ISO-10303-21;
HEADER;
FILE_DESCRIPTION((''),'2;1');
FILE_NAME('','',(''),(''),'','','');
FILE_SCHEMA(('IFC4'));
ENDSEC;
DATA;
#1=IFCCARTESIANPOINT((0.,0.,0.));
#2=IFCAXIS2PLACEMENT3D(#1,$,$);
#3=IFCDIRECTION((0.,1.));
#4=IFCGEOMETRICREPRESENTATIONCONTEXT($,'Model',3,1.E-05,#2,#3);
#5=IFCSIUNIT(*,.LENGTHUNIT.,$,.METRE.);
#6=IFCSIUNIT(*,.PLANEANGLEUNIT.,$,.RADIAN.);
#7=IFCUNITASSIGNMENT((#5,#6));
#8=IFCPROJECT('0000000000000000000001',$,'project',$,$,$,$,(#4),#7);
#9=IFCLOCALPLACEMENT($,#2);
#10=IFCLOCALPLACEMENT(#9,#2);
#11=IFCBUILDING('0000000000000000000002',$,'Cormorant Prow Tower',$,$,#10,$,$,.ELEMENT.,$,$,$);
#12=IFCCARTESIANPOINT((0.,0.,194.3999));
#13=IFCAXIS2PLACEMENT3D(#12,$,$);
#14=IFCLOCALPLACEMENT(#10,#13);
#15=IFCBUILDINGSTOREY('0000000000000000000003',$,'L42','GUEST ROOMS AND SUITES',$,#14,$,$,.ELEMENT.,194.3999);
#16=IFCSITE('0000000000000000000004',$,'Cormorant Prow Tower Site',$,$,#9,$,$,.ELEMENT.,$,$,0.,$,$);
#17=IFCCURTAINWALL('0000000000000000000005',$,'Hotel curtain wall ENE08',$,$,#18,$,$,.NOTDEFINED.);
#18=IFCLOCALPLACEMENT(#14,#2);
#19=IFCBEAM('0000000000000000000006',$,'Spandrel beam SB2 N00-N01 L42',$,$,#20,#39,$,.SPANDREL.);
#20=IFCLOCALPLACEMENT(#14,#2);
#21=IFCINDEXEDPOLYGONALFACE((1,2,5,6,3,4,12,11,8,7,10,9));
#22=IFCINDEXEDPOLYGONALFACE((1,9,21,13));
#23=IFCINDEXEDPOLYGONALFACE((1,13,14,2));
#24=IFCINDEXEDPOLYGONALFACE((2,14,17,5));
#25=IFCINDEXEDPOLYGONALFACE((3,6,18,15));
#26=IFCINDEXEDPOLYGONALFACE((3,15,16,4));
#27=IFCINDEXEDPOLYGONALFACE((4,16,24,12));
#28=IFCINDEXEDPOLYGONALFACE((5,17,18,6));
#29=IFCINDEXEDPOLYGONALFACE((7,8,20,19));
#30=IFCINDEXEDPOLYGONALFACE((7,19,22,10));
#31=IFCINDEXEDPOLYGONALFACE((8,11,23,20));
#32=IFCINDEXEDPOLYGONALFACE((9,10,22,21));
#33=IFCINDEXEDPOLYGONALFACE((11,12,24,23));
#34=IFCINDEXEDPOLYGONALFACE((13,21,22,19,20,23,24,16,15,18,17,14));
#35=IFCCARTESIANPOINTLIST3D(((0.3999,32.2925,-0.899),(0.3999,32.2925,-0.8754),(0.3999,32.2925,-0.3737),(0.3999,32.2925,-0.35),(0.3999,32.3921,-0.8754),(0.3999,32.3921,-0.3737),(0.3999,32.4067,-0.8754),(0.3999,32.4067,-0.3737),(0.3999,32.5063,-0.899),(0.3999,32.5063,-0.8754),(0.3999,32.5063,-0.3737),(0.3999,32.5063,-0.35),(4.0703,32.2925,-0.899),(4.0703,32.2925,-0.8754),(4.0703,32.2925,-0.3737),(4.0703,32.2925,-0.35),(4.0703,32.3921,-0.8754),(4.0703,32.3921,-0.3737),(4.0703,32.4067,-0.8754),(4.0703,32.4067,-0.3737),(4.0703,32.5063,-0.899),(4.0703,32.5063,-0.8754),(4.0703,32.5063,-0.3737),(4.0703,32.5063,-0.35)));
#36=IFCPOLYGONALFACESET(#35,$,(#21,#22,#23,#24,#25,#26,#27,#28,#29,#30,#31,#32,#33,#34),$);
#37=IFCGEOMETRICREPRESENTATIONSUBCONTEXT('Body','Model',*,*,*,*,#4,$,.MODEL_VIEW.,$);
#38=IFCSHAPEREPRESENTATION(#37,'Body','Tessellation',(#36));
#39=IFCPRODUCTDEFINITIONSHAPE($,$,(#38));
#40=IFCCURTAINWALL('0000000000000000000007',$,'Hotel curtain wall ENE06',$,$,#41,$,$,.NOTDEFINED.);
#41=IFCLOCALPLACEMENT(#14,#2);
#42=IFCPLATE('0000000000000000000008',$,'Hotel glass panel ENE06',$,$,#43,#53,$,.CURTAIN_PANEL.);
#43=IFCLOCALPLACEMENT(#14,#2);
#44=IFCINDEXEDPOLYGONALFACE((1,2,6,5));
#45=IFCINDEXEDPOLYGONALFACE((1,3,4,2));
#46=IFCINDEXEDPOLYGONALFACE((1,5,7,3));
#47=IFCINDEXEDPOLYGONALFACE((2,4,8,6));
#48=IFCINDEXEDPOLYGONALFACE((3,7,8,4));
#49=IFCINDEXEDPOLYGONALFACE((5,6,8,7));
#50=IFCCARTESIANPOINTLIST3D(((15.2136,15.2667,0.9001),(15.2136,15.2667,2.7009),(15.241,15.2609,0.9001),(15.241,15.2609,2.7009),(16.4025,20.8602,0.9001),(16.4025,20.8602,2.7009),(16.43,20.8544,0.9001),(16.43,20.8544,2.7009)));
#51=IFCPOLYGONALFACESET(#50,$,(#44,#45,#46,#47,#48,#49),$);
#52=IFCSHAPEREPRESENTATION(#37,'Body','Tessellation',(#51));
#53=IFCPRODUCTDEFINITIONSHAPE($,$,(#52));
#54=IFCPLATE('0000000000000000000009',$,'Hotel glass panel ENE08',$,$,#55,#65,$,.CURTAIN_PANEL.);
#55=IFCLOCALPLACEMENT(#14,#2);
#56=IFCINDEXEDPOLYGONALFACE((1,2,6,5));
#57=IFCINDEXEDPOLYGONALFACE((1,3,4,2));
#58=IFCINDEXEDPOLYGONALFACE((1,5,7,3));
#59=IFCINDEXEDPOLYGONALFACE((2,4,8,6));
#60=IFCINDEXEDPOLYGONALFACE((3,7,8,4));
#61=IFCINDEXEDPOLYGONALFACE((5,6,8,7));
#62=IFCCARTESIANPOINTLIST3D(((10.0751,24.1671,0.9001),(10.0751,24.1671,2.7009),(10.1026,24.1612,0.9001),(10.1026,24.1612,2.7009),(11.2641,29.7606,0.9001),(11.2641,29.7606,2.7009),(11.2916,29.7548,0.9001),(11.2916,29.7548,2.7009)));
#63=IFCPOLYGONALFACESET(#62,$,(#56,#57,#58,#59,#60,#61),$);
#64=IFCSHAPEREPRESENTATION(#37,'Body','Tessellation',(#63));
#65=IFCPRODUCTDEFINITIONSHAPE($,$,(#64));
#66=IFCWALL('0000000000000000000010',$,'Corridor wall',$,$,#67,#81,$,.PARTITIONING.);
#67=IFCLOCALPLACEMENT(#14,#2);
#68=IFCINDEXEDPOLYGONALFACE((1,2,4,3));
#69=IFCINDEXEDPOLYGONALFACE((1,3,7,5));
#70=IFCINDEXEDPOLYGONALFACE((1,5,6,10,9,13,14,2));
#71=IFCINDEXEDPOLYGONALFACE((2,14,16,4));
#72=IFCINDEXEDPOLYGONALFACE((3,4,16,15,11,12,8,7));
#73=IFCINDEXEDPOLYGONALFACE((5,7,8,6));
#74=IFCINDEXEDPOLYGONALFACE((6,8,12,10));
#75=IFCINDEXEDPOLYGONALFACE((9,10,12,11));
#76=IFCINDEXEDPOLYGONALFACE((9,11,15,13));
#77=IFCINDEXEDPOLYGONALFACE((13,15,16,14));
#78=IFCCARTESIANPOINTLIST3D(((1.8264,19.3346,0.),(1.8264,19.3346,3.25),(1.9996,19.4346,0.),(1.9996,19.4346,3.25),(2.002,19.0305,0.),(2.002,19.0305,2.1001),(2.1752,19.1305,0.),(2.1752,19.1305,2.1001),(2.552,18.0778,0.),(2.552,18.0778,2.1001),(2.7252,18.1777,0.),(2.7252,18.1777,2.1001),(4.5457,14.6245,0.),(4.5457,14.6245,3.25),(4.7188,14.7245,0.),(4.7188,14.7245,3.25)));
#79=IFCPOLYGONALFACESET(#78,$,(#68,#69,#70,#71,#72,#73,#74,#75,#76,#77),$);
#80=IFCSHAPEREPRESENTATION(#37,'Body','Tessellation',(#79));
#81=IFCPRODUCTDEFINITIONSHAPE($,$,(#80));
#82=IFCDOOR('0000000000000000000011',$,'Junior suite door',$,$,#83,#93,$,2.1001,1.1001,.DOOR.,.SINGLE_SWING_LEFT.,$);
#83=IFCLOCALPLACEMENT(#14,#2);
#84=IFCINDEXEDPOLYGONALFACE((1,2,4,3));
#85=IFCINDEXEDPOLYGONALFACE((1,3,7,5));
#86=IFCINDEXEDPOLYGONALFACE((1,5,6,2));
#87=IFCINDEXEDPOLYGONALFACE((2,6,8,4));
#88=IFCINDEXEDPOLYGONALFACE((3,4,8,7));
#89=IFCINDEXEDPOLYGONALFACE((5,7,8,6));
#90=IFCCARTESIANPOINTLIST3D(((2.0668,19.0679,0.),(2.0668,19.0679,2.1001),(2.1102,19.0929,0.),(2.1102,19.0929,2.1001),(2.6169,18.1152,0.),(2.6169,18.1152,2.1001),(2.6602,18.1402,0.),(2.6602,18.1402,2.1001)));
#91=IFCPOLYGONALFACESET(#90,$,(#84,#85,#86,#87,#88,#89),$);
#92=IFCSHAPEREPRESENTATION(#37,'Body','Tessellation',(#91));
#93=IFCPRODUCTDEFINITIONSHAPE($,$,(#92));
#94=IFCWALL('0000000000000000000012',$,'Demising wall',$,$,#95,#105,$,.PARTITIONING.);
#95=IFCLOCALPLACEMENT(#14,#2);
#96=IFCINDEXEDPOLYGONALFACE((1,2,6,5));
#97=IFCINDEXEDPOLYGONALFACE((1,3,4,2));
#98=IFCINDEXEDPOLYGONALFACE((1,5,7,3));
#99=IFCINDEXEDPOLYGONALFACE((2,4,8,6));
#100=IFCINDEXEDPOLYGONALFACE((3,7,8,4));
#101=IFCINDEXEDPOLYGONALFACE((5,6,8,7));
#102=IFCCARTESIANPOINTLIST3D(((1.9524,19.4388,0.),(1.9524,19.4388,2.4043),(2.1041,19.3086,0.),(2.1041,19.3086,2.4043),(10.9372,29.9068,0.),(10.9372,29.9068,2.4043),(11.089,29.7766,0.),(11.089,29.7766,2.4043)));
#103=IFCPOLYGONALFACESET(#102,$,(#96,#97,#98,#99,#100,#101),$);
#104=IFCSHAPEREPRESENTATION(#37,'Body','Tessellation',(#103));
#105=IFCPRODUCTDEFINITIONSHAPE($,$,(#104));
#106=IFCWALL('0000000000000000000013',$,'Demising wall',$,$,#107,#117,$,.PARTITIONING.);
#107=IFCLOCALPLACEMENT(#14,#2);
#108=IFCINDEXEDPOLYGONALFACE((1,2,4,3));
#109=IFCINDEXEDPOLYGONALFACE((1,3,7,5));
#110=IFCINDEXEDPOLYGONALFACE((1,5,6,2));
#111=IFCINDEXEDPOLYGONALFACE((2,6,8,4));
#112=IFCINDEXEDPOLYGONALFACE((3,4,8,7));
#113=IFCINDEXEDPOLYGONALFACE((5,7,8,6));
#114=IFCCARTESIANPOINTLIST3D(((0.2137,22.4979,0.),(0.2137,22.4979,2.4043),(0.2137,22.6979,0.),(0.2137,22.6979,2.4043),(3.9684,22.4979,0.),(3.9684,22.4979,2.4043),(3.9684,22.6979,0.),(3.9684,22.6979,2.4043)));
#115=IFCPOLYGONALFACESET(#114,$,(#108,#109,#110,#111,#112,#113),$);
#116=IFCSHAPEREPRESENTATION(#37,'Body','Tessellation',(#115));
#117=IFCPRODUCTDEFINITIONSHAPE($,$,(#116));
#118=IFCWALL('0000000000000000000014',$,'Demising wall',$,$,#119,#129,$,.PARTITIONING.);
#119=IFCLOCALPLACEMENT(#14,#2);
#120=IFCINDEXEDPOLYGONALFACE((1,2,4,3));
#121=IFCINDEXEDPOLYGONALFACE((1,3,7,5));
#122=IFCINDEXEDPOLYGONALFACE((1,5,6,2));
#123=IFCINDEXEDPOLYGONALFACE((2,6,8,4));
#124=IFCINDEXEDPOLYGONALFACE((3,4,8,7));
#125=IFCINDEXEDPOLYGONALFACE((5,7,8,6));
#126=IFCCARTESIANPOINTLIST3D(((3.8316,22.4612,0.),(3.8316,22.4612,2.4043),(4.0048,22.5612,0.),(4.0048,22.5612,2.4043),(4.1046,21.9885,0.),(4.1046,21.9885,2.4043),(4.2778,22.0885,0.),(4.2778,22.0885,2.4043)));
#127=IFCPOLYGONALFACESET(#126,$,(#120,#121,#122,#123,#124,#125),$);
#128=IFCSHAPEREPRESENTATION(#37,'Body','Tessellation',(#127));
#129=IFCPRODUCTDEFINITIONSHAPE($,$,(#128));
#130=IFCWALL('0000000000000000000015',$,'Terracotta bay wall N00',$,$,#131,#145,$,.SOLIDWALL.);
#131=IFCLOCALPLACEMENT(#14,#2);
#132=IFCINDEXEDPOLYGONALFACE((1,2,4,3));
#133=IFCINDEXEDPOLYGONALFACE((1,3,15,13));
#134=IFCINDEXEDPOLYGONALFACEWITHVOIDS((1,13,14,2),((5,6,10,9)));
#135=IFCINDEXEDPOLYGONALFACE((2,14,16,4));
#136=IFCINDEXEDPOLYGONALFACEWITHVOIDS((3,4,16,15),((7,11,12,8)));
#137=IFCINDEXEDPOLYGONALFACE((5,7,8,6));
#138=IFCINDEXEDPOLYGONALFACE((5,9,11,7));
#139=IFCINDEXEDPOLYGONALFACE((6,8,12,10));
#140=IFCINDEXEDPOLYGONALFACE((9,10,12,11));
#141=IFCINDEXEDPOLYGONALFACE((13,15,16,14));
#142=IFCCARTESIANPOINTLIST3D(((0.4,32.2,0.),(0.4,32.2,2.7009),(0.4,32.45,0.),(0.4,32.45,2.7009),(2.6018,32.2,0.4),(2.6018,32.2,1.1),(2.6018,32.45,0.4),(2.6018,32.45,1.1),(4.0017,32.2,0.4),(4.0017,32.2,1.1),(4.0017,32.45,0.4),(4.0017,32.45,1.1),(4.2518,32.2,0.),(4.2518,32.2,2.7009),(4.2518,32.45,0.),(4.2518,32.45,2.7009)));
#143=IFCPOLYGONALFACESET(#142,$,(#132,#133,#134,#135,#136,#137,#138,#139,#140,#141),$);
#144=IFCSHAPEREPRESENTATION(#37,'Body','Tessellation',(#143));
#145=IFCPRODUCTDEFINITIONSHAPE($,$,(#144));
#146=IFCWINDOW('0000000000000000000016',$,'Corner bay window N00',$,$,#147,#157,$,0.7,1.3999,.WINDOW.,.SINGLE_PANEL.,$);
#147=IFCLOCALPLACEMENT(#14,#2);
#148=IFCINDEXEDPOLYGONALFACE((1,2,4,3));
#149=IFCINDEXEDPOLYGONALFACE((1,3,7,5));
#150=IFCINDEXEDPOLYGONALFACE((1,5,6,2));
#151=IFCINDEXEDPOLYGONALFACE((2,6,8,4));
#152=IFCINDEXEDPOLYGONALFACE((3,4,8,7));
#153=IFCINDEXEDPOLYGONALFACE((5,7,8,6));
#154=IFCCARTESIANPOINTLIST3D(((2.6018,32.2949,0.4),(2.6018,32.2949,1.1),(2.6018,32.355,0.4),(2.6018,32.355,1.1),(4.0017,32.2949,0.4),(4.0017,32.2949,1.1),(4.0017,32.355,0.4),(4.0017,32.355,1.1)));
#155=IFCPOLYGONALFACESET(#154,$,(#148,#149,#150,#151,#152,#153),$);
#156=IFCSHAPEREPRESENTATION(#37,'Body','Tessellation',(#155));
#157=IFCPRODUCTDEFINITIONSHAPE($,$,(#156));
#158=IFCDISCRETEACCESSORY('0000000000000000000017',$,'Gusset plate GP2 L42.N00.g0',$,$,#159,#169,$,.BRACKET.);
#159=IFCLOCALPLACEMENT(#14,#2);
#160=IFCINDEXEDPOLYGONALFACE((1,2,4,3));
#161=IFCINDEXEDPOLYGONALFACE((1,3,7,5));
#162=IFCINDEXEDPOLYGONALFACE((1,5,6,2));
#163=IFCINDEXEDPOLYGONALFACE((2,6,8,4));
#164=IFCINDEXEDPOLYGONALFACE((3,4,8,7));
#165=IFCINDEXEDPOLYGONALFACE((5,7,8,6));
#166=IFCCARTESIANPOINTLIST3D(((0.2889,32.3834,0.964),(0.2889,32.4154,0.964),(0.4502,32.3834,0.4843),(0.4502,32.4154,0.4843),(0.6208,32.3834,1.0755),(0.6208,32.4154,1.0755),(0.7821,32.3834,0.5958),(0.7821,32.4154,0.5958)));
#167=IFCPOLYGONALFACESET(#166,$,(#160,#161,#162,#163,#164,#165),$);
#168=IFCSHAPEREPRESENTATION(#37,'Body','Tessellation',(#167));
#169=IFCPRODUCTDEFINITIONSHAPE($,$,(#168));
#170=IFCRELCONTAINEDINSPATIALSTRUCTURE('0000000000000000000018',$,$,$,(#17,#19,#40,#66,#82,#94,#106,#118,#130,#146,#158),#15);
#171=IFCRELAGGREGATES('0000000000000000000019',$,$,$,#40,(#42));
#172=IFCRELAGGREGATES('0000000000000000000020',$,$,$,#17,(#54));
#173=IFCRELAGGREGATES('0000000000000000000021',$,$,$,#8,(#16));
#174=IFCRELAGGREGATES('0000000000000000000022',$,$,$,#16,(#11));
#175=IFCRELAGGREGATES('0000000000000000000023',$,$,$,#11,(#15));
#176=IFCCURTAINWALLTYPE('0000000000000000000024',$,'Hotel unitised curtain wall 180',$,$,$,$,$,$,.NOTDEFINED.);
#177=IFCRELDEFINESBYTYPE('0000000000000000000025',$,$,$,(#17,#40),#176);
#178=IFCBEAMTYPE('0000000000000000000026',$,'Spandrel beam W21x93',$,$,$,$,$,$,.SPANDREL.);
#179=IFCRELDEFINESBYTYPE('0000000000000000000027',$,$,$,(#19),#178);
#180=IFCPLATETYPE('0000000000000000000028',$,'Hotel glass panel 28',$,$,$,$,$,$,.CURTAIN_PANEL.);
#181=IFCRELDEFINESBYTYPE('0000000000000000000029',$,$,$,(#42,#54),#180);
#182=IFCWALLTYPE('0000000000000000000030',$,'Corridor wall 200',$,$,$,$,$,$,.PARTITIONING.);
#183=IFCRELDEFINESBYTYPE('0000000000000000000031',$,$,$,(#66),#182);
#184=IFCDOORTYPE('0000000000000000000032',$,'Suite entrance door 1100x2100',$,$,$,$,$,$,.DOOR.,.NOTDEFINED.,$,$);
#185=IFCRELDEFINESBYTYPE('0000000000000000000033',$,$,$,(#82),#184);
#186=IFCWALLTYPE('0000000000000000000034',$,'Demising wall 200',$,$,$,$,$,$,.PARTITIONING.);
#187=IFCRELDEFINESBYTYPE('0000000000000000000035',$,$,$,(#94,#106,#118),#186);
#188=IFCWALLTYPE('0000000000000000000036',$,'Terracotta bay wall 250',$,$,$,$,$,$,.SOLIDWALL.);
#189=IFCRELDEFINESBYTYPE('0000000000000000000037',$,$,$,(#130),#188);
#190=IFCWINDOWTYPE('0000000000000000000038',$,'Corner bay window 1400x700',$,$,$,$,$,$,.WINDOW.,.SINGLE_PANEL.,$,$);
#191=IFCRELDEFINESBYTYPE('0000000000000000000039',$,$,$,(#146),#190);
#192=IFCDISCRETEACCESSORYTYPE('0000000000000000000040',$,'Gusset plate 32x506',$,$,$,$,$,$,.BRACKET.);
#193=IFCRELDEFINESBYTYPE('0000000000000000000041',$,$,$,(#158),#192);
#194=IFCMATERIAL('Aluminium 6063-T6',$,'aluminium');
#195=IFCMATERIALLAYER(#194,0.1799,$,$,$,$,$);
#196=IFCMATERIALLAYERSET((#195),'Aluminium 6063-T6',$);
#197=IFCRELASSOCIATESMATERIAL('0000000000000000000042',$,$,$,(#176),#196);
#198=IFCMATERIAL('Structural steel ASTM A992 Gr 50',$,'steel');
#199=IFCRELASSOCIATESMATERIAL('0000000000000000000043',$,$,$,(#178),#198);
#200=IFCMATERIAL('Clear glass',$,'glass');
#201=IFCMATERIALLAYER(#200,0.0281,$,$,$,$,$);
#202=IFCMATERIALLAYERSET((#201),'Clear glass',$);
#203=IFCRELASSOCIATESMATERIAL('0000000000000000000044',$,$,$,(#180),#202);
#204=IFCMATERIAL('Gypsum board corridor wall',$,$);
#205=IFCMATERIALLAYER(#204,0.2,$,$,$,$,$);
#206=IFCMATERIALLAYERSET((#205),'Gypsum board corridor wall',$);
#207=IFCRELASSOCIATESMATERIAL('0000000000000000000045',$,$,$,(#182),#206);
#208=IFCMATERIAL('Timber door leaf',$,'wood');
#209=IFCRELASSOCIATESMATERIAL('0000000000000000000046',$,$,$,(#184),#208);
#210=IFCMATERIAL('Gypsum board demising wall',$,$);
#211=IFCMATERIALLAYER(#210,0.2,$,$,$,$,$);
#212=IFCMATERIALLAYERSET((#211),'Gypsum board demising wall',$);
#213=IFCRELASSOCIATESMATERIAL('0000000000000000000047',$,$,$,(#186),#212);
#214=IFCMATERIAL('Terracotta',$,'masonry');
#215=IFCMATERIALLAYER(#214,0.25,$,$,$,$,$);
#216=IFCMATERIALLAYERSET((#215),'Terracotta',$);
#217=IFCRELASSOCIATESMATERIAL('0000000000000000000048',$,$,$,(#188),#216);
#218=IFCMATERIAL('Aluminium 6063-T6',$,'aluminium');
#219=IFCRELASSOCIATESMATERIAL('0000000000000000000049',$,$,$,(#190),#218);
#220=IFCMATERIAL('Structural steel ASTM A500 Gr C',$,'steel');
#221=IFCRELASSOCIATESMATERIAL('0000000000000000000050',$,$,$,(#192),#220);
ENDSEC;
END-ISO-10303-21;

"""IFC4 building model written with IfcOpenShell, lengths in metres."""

from ifc_helpers import new_model, si_unit, direction, frame, frame_2d, origin, origin_2d, place, context, subcontext, project, spatial, rectangle, i_section, extrude, material, layer, layer_set, material_profile, profile_set, type_object, element, fill, aggregate, save


model = new_model("IFC4")

# Units and contexts
model_context = context("Model", 3, precision=1e-05, world=origin(), true_north=direction((0.0, 1.0)))
body_context = subcontext(model_context, "Body", "Model", "MODEL_VIEW")
ifc_project = project(units=[si_unit("LENGTHUNIT", "METRE"), si_unit("PLANEANGLEUNIT", "RADIAN")], contexts=[model_context])

# Site, building, storey
site_placement = place(None, origin())
site = spatial("IfcSite", under=ifc_project, at=site_placement, Name="Cormorant Prow Tower Site", CompositionType="ELEMENT", RefElevation=0.0)
building_placement = place(site_placement, origin())
building = spatial("IfcBuilding", under=site, at=building_placement, Name="Cormorant Prow Tower", CompositionType="ELEMENT")
storey_placement = place(building_placement, frame((0.0, 0.0, 194.3999)))
storey = spatial("IfcBuildingStorey", under=building, at=storey_placement, Name="L42", Description="GUEST ROOMS AND SUITES", CompositionType="ELEMENT", Elevation=194.3999)

# Curtain wall
ifc_material_1 = material(Name="Aluminium 6063-T6", Category="aluminium")
ifc_layer_1 = layer(ifc_material_1, 0.1799)
ifc_layer_set_1 = layer_set([ifc_layer_1], Name="Aluminium 6063-T6")
curtain_wall_type = type_object("IfcCurtainWallType", Name="Hotel unitised curtain wall 180", PredefinedType="NOTDEFINED", material=ifc_layer_set_1)
curtain_wall_1_placement = place(storey_placement, origin())
curtain_wall_1 = element("IfcCurtainWall", 1, at=curtain_wall_1_placement, inside=storey, type_object=curtain_wall_type, Name="Hotel curtain wall ENE08", PredefinedType="NOTDEFINED")

# Beam
ifc_material_2 = material(Name="Structural steel ASTM A992 Gr 50", Category="steel")
ifc_material_profile_1 = material_profile(ifc_material_2, i_section(OverallWidth=0.2139, OverallDepth=0.5491, WebThickness=0.0146, FlangeThickness=0.0237, at=origin_2d()), Name="W21x93")
ifc_profile_set_1 = profile_set([ifc_material_profile_1], Name="Structural steel ASTM A992 Gr 50")
beam_type = type_object("IfcBeamType", Name="Spandrel beam W21x93", PredefinedType="SPANDREL", material=ifc_profile_set_1)
beam_1_placement = place(storey_placement, frame((4.0703, 32.3994, -0.6245), z_axis=(-1.0, 0.0, 0.0), x_axis=(0.0, -1.0, 0.0)))
element("IfcBeam", 2, at=beam_1_placement, inside=storey, type_object=beam_type, Name="Spandrel beam SB2 N00-N01 L42", PredefinedType="SPANDREL", context=body_context, shape_type="SweptSolid", body=[
    extrude(i_section(OverallWidth=0.2139, OverallDepth=0.5491, WebThickness=0.0146, FlangeThickness=0.0237, at=origin_2d()), origin(), (0.0, 0.0, 1.0), 3.6704),
])

# Curtain wall, plate
curtain_wall_2_placement = place(storey_placement, origin())
curtain_wall_2 = element("IfcCurtainWall", 3, at=curtain_wall_2_placement, inside=storey, type_object=curtain_wall_type, Name="Hotel curtain wall ENE06", PredefinedType="NOTDEFINED")
ifc_material_3 = material(Name="Clear glass", Category="glass")
ifc_layer_2 = layer(ifc_material_3, 0.0281)
ifc_layer_set_2 = layer_set([ifc_layer_2], Name="Clear glass")
plate_type = type_object("IfcPlateType", Name="Hotel glass panel 28", PredefinedType="CURTAIN_PANEL", material=ifc_layer_set_2)
plate_1_placement = place(storey_placement, frame((15.8218, 18.0605, 0.9001), z_axis=(0.0, 0.0, 1.0), x_axis=(0.207912, 0.978148, 0.0)))
plate_1 = element("IfcPlate", 4, at=plate_1_placement, type_object=plate_type, Name="Hotel glass panel ENE06", PredefinedType="CURTAIN_PANEL", context=body_context, shape_type="SweptSolid", body=[
    extrude(rectangle(XDim=5.7185, YDim=0.0281, at=origin_2d()), origin(), (0.0, 0.0, 1.0), 1.8008),
])
aggregate(curtain_wall_2, [plate_1])

# Plate
plate_2_placement = place(storey_placement, frame((10.6833, 26.9609, 0.9001), z_axis=(0.0, 0.0, 1.0), x_axis=(0.207912, 0.978148, 0.0)))
plate_2 = element("IfcPlate", 5, at=plate_2_placement, type_object=plate_type, Name="Hotel glass panel ENE08", PredefinedType="CURTAIN_PANEL", context=body_context, shape_type="SweptSolid", body=[
    extrude(rectangle(XDim=5.7185, YDim=0.0281, at=origin_2d()), origin(), (0.0, 0.0, 1.0), 1.8008),
])
aggregate(curtain_wall_1, [plate_2])

# Wall, opening, door
ifc_material_4 = material(Name="Gypsum board corridor wall")
ifc_layer_3 = layer(ifc_material_4, 0.2)
ifc_layer_set_3 = layer_set([ifc_layer_3], Name="Gypsum board corridor wall")
wall_type_1 = type_object("IfcWallType", Name="Corridor wall 200", PredefinedType="PARTITIONING", material=ifc_layer_set_3)
wall_1_placement = place(storey_placement, frame((1.9131, 19.3845, 0.0), z_axis=(0.0, 0.0, 1.0), x_axis=(0.499972, -0.866041, 0.0)))
wall_1 = element("IfcWall", 6, at=wall_1_placement, inside=storey, type_object=wall_type_1, Name="Corridor wall", PredefinedType="PARTITIONING", context=body_context, shape_type="SweptSolid", body=[
    extrude(rectangle(XDim=5.4387, YDim=0.2, at=frame_2d((2.7192, 0.0))), origin(), (0.0, 0.0, 1.0), 3.25),
])
opening_1_placement = place(wall_1_placement, frame((0.3511, 0.0, 0.0)))
opening_1 = element("IfcOpeningElement", 7, at=opening_1_placement, cuts=wall_1, PredefinedType="OPENING", context=body_context, shape_type="SweptSolid", body=[
    extrude(rectangle(XDim=1.1001, YDim=2.1001, at=frame_2d((0.55, 1.05))), frame((0.0, 0.1099, 0.0), z_axis=(0.0, -1.0, 0.0), x_axis=(1.0, 0.0, 0.0)), (0.0, 0.0, 1.0), 0.22),
])
ifc_material_5 = material(Name="Timber door leaf", Category="wood")
door_type_1 = type_object("IfcDoorType", Name="Suite entrance door 1100x2100", OperationType="NOTDEFINED", PredefinedType="DOOR", material=ifc_material_5)
door_1_placement = place(opening_1_placement, origin())
door_1 = element("IfcDoor", 8, at=door_1_placement, inside=storey, type_object=door_type_1, Name="Junior suite door", OperationType="SINGLE_SWING_LEFT", OverallHeight=2.1001, OverallWidth=1.1001, PredefinedType="DOOR", context=body_context, shape_type="SweptSolid", body=[
    extrude(rectangle(XDim=1.1001, YDim=2.1001, at=frame_2d((0.55, 1.05))), frame((0.0, 0.0249, 0.0), z_axis=(0.0, -1.0, 0.0), x_axis=(1.0, 0.0, 0.0)), (0.0, 0.0, 1.0), 0.05),
])
fill(opening_1, door_1)

# Walls
ifc_material_6 = material(Name="Gypsum board demising wall")
ifc_layer_4 = layer(ifc_material_6, 0.2)
ifc_layer_set_4 = layer_set([ifc_layer_4], Name="Gypsum board demising wall")
wall_type_2 = type_object("IfcWallType", Name="Demising wall 200", PredefinedType="PARTITIONING", material=ifc_layer_set_4)
wall_2_placement = place(storey_placement, frame((2.0283, 19.3738, 0.0), z_axis=(0.0, 0.0, 1.0), x_axis=(0.651304, 0.758817, 0.0)))
element("IfcWall", 9, at=wall_2_placement, inside=storey, type_object=wall_type_2, Name="Demising wall", PredefinedType="PARTITIONING", context=body_context, shape_type="SweptSolid", body=[
    extrude(rectangle(XDim=13.7952, YDim=0.2, at=frame_2d((6.8975, 0.0))), origin(), (0.0, 0.0, 1.0), 2.4043),
])
wall_3_placement = place(storey_placement, frame((0.2136, 22.5979, 0.0), z_axis=(0.0, 0.0, 1.0), x_axis=(1.0, 0.0, 0.0)))
element("IfcWall", 10, at=wall_3_placement, inside=storey, type_object=wall_type_2, Name="Demising wall", PredefinedType="PARTITIONING", context=body_context, shape_type="SweptSolid", body=[
    extrude(rectangle(XDim=3.7546, YDim=0.2, at=frame_2d((1.8774, 0.0))), origin(), (0.0, 0.0, 1.0), 2.4043),
])
wall_4_placement = place(storey_placement, frame((3.9182, 22.5112, 0.0), z_axis=(0.0, 0.0, 1.0), x_axis=(0.500084, -0.865977, 0.0)))
element("IfcWall", 11, at=wall_4_placement, inside=storey, type_object=wall_type_2, Name="Demising wall", PredefinedType="PARTITIONING", context=body_context, shape_type="SweptSolid", body=[
    extrude(rectangle(XDim=0.5459, YDim=0.2, at=frame_2d((0.2729, 0.0))), origin(), (0.0, 0.0, 1.0), 2.4043),
])

# Wall, opening, window
ifc_material_7 = material(Name="Terracotta", Category="masonry")
ifc_layer_5 = layer(ifc_material_7, 0.25)
ifc_layer_set_5 = layer_set([ifc_layer_5], Name="Terracotta")
wall_type_3 = type_object("IfcWallType", Name="Terracotta bay wall 250", PredefinedType="SOLIDWALL", material=ifc_layer_set_5)
wall_5_placement = place(storey_placement, frame((4.2517, 32.325, 0.0), z_axis=(0.0, 0.0, 1.0), x_axis=(-1.0, 0.0, 0.0)))
wall_5 = element("IfcWall", 12, at=wall_5_placement, inside=storey, type_object=wall_type_3, Name="Terracotta bay wall N00", PredefinedType="SOLIDWALL", context=body_context, shape_type="SweptSolid", body=[
    extrude(rectangle(XDim=3.8518, YDim=0.25, at=frame_2d((1.9258, 0.0))), origin(), (0.0, 0.0, 1.0), 2.7009),
])
opening_2_placement = place(wall_5_placement, frame((0.25, 0.0, 0.3999)))
opening_2 = element("IfcOpeningElement", 13, at=opening_2_placement, cuts=wall_5, PredefinedType="OPENING", context=body_context, shape_type="SweptSolid", body=[
    extrude(rectangle(XDim=1.3999, YDim=0.7, at=frame_2d((0.7, 0.3501))), frame((0.0, 0.135, 0.0), z_axis=(0.0, -1.0, 0.0), x_axis=(1.0, 0.0, 0.0)), (0.0, 0.0, 1.0), 0.27),
])
ifc_material_8 = material(Name="Aluminium 6063-T6", Category="aluminium")
window_type = type_object("IfcWindowType", Name="Corner bay window 1400x700", PartitioningType="SINGLE_PANEL", PredefinedType="WINDOW", material=ifc_material_8)
window_placement = place(opening_2_placement, origin())
window = element("IfcWindow", 14, at=window_placement, inside=storey, type_object=window_type, Name="Corner bay window N00", OverallHeight=0.7, OverallWidth=1.3999, PartitioningType="SINGLE_PANEL", PredefinedType="WINDOW", context=body_context, shape_type="SweptSolid", body=[
    extrude(rectangle(XDim=1.3999, YDim=0.7, at=frame_2d((0.7, 0.3501))), frame((0.0, 0.03, 0.0), z_axis=(0.0, -1.0, 0.0), x_axis=(1.0, 0.0, 0.0)), (0.0, 0.0, 1.0), 0.0601),
])
fill(opening_2, window)

# Discrete accessory
ifc_material_9 = material(Name="Structural steel ASTM A500 Gr C", Category="steel")
ifc_material_profile_2 = material_profile(ifc_material_9, rectangle(XDim=0.032, YDim=0.5061, at=origin_2d()), Name="Gusset plate 32x506")
ifc_profile_set_2 = profile_set([ifc_material_profile_2], Name="Structural steel ASTM A500 Gr C")
discrete_accessory_type = type_object("IfcDiscreteAccessoryType", Name="Gusset plate 32x506", PredefinedType="BRACKET", material=ifc_profile_set_2)
discrete_accessory_1_placement = place(storey_placement, frame((0.7014, 32.3994, 0.8357), z_axis=(-0.947843, 0.0, -0.318738), x_axis=(0.0, -1.0, 0.0)))
element("IfcDiscreteAccessory", 15, at=discrete_accessory_1_placement, inside=storey, type_object=discrete_accessory_type, Name="Gusset plate GP2 L42.N00.g0", PredefinedType="BRACKET", context=body_context, shape_type="SweptSolid", body=[
    extrude(rectangle(XDim=0.032, YDim=0.5061, at=origin_2d()), origin(), (0.0, 0.0, 1.0), 0.3501),
])

save(model, "model.ifc")
